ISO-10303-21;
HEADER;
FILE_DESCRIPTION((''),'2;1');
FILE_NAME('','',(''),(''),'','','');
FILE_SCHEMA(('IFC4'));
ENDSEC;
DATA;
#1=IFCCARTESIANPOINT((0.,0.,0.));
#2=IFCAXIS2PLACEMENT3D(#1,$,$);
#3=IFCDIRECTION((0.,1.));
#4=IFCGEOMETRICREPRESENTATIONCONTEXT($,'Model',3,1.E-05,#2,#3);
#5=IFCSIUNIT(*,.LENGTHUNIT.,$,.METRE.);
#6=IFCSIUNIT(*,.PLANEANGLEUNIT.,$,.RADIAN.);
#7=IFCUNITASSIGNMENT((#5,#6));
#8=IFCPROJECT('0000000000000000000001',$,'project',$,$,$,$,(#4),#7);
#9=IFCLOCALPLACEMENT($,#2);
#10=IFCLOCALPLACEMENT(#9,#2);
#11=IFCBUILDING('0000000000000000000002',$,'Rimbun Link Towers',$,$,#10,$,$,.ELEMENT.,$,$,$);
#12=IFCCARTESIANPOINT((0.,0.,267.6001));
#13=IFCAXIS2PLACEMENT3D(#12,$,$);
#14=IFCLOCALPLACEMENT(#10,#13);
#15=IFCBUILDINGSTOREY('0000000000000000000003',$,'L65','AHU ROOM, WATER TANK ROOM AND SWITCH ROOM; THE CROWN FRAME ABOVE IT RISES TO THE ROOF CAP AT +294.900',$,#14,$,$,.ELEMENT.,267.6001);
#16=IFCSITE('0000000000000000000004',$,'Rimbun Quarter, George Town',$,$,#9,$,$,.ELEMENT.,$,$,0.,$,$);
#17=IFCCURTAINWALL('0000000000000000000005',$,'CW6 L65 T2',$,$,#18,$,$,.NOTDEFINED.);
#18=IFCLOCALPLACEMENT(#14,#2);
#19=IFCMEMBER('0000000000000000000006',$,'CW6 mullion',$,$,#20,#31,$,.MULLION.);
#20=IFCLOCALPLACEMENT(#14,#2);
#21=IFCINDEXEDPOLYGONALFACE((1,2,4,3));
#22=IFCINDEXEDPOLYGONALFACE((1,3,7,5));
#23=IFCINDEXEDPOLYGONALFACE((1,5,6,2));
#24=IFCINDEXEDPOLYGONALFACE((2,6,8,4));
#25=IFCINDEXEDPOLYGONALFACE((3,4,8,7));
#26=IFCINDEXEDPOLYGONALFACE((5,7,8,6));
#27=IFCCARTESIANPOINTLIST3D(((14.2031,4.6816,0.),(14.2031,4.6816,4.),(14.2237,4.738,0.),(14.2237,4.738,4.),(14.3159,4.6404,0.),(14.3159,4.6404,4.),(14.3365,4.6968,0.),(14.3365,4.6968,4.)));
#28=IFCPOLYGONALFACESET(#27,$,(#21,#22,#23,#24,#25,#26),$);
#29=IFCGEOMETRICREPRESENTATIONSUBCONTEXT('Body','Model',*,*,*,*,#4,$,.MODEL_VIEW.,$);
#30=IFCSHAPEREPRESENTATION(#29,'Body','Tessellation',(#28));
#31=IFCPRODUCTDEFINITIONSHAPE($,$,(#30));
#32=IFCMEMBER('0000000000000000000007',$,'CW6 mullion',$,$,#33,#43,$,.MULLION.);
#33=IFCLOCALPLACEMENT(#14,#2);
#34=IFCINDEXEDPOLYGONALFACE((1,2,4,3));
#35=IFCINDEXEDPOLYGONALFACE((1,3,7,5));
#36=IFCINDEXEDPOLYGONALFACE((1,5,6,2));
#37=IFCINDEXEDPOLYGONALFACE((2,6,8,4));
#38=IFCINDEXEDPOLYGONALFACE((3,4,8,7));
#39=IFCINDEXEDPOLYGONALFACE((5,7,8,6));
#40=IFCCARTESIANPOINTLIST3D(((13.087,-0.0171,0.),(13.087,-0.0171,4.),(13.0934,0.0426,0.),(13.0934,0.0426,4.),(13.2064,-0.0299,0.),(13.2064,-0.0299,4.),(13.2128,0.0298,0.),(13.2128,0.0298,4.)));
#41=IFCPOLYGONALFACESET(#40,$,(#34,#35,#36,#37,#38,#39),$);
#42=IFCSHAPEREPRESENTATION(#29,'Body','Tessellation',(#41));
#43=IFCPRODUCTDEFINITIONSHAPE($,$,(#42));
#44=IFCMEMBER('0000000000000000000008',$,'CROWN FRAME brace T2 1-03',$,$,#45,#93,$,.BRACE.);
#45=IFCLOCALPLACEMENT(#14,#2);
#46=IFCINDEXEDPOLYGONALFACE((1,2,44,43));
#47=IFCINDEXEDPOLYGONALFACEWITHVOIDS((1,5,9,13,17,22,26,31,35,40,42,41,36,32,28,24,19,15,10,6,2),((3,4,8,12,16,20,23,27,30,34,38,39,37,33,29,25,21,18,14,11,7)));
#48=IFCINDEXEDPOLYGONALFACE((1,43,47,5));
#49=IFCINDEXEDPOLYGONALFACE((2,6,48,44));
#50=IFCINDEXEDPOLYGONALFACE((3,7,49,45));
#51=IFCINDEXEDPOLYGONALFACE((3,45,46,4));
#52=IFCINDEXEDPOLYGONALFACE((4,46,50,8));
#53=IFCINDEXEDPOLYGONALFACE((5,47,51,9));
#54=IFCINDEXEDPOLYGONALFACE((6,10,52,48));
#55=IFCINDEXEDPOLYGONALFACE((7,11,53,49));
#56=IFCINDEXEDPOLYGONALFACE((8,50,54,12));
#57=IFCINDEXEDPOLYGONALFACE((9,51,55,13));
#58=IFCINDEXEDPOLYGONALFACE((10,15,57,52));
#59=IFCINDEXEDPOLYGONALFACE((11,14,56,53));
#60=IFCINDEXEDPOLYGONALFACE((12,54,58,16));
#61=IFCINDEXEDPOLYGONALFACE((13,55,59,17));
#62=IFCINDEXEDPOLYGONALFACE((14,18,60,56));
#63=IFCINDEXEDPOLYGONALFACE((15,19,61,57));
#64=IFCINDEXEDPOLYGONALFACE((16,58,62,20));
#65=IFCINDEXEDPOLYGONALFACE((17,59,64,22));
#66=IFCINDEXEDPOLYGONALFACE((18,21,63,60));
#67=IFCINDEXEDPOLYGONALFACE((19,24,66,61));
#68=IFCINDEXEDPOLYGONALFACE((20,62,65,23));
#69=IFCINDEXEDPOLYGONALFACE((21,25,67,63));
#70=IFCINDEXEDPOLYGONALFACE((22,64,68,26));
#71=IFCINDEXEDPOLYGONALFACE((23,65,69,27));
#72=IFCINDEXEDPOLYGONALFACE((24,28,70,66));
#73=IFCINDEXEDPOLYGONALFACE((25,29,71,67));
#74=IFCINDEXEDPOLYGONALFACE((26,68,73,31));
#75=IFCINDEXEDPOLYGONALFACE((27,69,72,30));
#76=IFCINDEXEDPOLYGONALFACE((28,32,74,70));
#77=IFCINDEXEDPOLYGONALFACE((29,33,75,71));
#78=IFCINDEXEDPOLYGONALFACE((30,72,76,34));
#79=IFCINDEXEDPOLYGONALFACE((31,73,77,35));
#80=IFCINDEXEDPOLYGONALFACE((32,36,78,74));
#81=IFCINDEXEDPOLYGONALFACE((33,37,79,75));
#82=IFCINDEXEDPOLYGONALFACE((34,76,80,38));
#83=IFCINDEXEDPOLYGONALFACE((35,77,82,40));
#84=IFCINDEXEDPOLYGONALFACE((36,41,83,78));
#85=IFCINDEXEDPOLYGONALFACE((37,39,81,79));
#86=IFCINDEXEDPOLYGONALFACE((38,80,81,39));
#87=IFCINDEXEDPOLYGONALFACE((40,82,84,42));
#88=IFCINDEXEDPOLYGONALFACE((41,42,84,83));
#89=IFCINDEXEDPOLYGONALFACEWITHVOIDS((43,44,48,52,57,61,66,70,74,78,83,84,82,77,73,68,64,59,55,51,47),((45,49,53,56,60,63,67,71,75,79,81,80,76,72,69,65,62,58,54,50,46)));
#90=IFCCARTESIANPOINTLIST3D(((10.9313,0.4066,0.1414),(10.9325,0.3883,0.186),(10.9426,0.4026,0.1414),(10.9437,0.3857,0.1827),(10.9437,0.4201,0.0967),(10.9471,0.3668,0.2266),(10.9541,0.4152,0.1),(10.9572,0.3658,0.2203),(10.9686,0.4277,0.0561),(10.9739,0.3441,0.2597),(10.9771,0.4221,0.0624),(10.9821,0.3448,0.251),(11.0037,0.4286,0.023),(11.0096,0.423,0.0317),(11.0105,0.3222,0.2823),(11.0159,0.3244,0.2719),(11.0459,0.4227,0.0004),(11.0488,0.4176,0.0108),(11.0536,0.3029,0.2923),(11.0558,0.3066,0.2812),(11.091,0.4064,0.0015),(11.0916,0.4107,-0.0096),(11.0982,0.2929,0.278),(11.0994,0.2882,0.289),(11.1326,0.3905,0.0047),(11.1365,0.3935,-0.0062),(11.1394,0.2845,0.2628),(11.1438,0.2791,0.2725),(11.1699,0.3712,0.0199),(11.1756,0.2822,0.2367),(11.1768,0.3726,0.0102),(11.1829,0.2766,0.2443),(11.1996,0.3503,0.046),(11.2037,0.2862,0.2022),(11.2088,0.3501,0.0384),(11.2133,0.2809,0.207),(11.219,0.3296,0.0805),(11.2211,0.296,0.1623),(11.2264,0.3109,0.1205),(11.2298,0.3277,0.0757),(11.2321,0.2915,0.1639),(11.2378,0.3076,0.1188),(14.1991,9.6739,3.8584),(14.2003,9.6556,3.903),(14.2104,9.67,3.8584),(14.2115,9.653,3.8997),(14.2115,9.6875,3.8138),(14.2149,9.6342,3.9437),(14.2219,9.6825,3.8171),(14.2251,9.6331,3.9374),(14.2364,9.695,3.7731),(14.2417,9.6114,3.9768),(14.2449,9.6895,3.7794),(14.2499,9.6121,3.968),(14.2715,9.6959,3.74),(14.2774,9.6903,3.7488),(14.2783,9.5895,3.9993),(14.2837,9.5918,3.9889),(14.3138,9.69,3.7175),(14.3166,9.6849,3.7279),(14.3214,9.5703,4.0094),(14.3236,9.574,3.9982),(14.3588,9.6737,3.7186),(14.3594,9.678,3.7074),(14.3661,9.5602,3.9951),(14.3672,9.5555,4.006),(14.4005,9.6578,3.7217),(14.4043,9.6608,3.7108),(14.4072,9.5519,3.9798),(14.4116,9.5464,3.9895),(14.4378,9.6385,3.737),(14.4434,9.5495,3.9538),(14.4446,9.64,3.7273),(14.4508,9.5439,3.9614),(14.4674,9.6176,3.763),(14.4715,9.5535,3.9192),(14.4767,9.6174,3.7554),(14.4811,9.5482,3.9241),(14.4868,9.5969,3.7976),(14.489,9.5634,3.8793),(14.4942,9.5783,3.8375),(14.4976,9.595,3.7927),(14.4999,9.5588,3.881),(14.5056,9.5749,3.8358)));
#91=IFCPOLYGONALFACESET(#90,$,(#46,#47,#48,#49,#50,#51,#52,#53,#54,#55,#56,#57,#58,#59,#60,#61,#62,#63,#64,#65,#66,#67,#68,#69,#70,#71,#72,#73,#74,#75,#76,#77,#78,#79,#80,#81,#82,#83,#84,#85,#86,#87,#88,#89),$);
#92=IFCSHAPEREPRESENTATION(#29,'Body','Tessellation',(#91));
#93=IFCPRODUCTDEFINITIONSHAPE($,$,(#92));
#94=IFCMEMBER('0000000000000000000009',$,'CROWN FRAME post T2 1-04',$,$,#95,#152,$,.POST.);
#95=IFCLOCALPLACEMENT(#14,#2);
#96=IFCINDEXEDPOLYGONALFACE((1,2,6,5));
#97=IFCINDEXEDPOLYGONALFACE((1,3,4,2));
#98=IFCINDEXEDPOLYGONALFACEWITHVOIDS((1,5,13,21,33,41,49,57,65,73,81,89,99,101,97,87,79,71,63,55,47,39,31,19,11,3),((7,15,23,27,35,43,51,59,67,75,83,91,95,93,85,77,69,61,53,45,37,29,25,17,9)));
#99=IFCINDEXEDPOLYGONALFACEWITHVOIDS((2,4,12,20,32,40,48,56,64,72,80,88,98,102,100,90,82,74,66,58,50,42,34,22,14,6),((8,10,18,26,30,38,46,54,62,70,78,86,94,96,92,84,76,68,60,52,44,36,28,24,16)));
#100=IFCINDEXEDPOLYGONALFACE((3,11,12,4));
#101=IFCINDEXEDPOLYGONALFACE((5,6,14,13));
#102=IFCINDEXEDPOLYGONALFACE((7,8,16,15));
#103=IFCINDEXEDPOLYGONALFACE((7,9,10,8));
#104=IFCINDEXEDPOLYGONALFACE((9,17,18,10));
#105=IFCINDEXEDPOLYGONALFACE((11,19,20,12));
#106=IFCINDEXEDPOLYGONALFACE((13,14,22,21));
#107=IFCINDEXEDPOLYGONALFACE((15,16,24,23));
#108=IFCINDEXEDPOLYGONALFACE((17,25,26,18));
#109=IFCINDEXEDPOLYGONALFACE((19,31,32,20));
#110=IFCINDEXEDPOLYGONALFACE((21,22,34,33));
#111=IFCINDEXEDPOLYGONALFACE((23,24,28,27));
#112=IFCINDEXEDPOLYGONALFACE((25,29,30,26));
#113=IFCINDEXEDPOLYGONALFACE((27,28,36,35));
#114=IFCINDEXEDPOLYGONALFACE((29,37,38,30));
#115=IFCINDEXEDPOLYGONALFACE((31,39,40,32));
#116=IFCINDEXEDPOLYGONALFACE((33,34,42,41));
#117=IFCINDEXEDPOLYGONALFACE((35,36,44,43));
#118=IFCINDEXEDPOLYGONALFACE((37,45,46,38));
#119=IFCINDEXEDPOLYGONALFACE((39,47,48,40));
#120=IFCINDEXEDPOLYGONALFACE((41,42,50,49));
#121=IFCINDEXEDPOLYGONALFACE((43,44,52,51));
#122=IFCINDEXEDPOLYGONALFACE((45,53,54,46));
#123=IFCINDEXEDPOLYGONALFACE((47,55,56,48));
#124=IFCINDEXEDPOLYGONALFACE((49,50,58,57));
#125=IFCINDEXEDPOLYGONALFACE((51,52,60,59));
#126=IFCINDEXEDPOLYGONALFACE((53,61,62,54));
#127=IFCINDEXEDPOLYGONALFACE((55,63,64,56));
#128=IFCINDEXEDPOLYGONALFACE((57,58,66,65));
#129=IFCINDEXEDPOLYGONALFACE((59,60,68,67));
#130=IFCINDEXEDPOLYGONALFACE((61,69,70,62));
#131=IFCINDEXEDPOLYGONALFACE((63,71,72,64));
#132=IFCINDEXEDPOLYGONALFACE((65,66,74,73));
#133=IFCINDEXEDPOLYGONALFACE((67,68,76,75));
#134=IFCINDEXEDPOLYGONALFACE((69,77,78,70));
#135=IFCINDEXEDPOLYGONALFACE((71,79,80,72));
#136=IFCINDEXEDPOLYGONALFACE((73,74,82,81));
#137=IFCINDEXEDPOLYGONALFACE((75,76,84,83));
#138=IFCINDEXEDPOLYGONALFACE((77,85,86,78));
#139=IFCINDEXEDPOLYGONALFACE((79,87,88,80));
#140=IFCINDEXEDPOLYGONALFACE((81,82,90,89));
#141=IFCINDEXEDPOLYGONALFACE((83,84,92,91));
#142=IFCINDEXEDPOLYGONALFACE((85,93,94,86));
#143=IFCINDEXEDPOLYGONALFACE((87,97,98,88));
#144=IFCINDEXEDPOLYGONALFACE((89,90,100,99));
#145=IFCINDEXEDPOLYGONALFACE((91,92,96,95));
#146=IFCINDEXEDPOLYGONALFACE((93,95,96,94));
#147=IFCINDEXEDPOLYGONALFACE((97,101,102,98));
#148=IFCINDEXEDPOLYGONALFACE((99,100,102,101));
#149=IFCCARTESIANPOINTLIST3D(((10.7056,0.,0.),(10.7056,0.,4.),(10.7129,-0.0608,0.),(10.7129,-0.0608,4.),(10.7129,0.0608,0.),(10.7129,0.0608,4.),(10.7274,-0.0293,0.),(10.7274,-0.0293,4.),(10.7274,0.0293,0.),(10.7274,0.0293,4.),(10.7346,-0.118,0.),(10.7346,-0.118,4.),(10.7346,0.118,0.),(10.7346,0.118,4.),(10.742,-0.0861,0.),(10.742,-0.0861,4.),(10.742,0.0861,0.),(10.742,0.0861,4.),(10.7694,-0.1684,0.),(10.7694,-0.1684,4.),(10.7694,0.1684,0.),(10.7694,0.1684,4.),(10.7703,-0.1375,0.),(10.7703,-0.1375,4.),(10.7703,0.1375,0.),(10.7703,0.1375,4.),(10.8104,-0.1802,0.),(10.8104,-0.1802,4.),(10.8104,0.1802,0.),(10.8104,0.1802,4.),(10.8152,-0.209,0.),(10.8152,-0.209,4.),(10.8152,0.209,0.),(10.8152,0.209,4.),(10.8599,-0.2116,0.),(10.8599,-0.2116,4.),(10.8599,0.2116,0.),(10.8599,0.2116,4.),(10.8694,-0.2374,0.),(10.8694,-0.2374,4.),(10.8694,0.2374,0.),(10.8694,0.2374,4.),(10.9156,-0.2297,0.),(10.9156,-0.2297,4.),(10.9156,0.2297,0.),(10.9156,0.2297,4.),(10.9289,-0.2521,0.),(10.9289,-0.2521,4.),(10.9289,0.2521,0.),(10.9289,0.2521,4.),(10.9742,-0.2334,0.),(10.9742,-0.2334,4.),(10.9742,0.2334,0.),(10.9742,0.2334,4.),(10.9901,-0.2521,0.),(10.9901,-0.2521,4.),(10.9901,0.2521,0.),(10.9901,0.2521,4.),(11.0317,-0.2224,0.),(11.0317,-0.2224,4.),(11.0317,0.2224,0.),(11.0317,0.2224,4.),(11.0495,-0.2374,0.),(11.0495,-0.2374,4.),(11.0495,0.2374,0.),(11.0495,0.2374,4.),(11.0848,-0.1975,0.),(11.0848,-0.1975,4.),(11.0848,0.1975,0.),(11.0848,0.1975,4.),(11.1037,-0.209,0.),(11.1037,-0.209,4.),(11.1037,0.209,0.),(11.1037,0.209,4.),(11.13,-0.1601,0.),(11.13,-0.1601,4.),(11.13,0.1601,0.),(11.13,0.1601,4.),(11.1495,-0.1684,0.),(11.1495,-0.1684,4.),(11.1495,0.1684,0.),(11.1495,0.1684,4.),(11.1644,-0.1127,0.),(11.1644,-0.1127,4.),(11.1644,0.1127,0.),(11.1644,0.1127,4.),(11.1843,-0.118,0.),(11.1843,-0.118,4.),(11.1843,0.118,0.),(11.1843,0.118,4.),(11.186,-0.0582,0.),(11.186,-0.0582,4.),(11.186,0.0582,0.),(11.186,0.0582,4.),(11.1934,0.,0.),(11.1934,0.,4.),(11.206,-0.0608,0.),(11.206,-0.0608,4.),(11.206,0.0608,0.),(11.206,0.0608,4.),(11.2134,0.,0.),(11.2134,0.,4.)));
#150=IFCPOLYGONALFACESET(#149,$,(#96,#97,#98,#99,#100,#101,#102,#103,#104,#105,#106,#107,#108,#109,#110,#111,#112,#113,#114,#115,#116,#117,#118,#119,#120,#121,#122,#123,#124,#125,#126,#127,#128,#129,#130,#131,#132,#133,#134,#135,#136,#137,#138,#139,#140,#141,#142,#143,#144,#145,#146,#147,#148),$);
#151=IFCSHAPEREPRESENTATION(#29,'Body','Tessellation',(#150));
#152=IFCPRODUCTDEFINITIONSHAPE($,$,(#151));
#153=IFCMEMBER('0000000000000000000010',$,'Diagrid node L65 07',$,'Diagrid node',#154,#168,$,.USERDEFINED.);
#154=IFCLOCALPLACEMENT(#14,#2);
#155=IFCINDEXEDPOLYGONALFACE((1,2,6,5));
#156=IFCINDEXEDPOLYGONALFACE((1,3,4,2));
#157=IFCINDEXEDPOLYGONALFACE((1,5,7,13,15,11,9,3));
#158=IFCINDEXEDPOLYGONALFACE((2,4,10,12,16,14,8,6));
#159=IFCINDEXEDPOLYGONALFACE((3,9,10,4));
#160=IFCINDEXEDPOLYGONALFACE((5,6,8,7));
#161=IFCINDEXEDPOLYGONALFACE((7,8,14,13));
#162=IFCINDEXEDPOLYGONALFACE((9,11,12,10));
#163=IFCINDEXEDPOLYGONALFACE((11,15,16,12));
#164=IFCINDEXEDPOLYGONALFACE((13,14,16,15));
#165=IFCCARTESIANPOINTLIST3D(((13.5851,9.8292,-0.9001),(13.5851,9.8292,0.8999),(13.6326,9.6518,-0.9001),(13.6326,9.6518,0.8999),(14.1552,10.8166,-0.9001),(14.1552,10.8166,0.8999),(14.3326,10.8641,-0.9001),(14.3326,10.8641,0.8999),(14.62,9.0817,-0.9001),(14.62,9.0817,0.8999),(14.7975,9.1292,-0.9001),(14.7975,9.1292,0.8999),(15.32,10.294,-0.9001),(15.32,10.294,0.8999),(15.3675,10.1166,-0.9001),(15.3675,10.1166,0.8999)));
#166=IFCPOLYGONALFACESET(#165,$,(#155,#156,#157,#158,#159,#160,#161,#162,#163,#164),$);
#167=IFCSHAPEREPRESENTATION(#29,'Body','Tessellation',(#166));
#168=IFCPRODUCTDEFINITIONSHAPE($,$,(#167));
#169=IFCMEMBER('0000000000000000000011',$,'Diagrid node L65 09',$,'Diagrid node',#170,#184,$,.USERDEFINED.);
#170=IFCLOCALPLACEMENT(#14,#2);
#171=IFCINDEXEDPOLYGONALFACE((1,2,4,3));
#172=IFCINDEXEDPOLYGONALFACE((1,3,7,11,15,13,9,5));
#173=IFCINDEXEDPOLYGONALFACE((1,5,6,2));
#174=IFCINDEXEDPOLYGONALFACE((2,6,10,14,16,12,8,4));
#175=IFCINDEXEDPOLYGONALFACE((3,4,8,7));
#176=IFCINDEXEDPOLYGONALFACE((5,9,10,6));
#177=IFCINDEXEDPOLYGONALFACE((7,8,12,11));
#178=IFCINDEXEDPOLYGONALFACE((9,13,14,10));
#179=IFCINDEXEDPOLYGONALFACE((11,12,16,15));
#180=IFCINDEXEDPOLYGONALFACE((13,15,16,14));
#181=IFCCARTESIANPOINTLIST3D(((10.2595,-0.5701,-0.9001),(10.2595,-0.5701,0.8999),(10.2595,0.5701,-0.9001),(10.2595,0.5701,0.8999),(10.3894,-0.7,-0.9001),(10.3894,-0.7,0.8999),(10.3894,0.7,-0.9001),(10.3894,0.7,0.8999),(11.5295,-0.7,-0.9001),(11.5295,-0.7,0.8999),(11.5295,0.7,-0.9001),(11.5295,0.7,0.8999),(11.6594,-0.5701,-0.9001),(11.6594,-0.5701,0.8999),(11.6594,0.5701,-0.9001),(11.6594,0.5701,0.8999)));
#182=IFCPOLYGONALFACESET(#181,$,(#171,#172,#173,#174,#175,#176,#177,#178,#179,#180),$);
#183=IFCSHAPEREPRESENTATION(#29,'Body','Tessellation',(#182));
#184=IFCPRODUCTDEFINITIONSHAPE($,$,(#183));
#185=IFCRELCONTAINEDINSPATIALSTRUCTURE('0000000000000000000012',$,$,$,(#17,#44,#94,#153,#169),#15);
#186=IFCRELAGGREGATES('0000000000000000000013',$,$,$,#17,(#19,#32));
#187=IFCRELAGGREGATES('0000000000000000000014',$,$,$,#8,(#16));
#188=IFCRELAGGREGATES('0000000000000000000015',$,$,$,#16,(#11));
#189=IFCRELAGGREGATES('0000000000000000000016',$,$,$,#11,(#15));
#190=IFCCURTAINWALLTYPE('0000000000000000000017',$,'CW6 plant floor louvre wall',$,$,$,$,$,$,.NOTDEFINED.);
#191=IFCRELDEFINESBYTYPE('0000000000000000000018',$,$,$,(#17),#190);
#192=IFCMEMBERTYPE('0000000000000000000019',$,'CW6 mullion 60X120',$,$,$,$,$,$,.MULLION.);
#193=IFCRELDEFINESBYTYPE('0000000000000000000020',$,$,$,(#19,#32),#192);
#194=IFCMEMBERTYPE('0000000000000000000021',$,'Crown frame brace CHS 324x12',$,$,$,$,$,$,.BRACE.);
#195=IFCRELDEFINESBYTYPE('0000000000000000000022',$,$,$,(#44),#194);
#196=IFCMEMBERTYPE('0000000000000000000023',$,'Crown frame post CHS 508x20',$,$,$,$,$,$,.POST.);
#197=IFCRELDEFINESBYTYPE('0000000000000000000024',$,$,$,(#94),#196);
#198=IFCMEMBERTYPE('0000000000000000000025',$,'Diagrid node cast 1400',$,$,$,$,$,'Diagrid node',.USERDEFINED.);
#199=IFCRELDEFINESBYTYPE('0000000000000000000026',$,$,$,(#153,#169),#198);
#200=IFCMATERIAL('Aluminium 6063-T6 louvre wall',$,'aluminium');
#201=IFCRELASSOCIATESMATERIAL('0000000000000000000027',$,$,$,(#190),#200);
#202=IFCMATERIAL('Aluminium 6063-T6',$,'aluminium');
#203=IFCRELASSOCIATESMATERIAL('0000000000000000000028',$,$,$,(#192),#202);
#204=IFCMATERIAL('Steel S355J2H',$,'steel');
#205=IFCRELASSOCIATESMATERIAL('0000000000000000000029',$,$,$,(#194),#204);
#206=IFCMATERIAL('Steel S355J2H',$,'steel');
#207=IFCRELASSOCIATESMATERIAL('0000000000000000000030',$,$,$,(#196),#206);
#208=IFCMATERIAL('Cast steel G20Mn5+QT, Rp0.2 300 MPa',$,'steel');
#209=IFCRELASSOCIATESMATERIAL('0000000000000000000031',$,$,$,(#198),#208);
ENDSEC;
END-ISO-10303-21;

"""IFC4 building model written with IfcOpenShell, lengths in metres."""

from ifc_helpers import new_model, si_unit, direction, frame, origin, origin_2d, place, context, subcontext, project, spatial, polyline, rectangle, hollow_circle, outline, extrude, material, material_profile, profile_set, type_object, element, aggregate, save


model = new_model("IFC4")

# Units and contexts
model_context = context("Model", 3, precision=1e-05, world=origin(), true_north=direction((0.0, 1.0)))
body_context = subcontext(model_context, "Body", "Model", "MODEL_VIEW")
ifc_project = project(units=[si_unit("LENGTHUNIT", "METRE"), si_unit("PLANEANGLEUNIT", "RADIAN")], contexts=[model_context])

# Site, building, storey
site_placement = place(None, origin())
site = spatial("IfcSite", under=ifc_project, at=site_placement, Name="Rimbun Quarter, George Town", CompositionType="ELEMENT", RefElevation=0.0)
building_placement = place(site_placement, origin())
building = spatial("IfcBuilding", under=site, at=building_placement, Name="Rimbun Link Towers", CompositionType="ELEMENT")
storey_placement = place(building_placement, frame((0.0, 0.0, 267.6001)))
storey = spatial("IfcBuildingStorey", under=building, at=storey_placement, Name="L65", Description="AHU ROOM, WATER TANK ROOM AND SWITCH ROOM; THE CROWN FRAME ABOVE IT RISES TO THE ROOF CAP AT +294.900", CompositionType="ELEMENT", Elevation=267.6001)

# Curtain wall, members
ifc_material_1 = material(Name="Aluminium 6063-T6 louvre wall", Category="aluminium")
curtain_wall_type = type_object("IfcCurtainWallType", Name="CW6 plant floor louvre wall", PredefinedType="NOTDEFINED", material=ifc_material_1)
curtain_wall_placement = place(storey_placement, origin())
curtain_wall = element("IfcCurtainWall", 1, at=curtain_wall_placement, inside=storey, type_object=curtain_wall_type, Name="CW6 L65 T2", PredefinedType="NOTDEFINED")
ifc_material_2 = material(Name="Aluminium 6063-T6", Category="aluminium")
ifc_material_profile_1 = material_profile(ifc_material_2, rectangle(XDim=0.1201, YDim=0.0601, at=origin_2d()), Name="MULLION 60X120")
ifc_profile_set_1 = profile_set([ifc_material_profile_1], Name="Aluminium 6063-T6")
member_type_1 = type_object("IfcMemberType", Name="CW6 mullion 60X120", PredefinedType="MULLION", material=ifc_profile_set_1)
member_1_placement = place(storey_placement, frame((14.2698, 4.6892, 0.0), z_axis=(0.0, 0.0, 1.0), x_axis=(-0.939349, 0.342962, 0.0)))
member_1 = element("IfcMember", 2, at=member_1_placement, type_object=member_type_1, Name="CW6 mullion", PredefinedType="MULLION", context=body_context, shape_type="SweptSolid", body=[
    extrude(rectangle(XDim=0.1201, YDim=0.0601, at=origin_2d()), origin(), (0.0, 0.0, 1.0), 4.0),
])
member_2_placement = place(storey_placement, frame((13.1499, 0.0063, 0.0), z_axis=(0.0, 0.0, 1.0), x_axis=(-0.994298, 0.106641, 0.0)))
member_2 = element("IfcMember", 3, at=member_2_placement, type_object=member_type_1, Name="CW6 mullion", PredefinedType="MULLION", context=body_context, shape_type="SweptSolid", body=[
    extrude(rectangle(XDim=0.1201, YDim=0.0601, at=origin_2d()), origin(), (0.0, 0.0, 1.0), 4.0),
])

# Members
ifc_material_3 = material(Name="Steel S355J2H", Category="steel")
ifc_material_profile_2 = material_profile(ifc_material_3, hollow_circle(Radius=0.1619, WallThickness=0.012, at=origin_2d()), Name="Crown frame brace CHS 324x12")
ifc_profile_set_2 = profile_set([ifc_material_profile_2], Name="Steel S355J2H")
member_type_2 = type_object("IfcMemberType", Name="Crown frame brace CHS 324x12", PredefinedType="BRACE", material=ifc_profile_set_2)
member_3_placement = place(storey_placement, frame((11.084, 0.3528, 0.1414), z_axis=(0.31104, 0.882089, 0.353798), x_axis=(-0.943086, 0.332548, 0.0)))
element("IfcMember", 4, at=member_3_placement, inside=storey, type_object=member_type_2, Name="CROWN FRAME brace T2 1-03", PredefinedType="BRACE", context=body_context, shape_type="SweptSolid", body=[
    extrude(hollow_circle(Radius=0.1619, WallThickness=0.012, at=origin_2d()), origin(), (0.0, 0.0, 1.0), 10.5061),
])
ifc_material_4 = material(Name="Steel S355J2H", Category="steel")
ifc_material_profile_3 = material_profile(ifc_material_4, hollow_circle(Radius=0.2539, WallThickness=0.02, at=origin_2d()), Name="Crown frame post CHS 508x20")
ifc_profile_set_3 = profile_set([ifc_material_profile_3], Name="Steel S355J2H")
member_type_3 = type_object("IfcMemberType", Name="Crown frame post CHS 508x20", PredefinedType="POST", material=ifc_profile_set_3)
member_4_placement = place(storey_placement, frame((10.9595, 0.0, 0.0), z_axis=(0.0, 0.0, 1.0), x_axis=(1.0, 0.0, 0.0)))
element("IfcMember", 5, at=member_4_placement, inside=storey, type_object=member_type_3, Name="CROWN FRAME post T2 1-04", PredefinedType="POST", context=body_context, shape_type="SweptSolid", body=[
    extrude(hollow_circle(Radius=0.2539, WallThickness=0.02, at=origin_2d()), origin(), (0.0, 0.0, 1.0), 4.0),
])
ifc_material_5 = material(Name="Cast steel G20Mn5+QT, Rp0.2 300 MPa", Category="steel")
ifc_material_profile_4 = material_profile(ifc_material_5, outline(polyline([(0.7, -0.5701), (0.7, 0.5701), (0.5701, 0.7), (-0.5701, 0.7), (-0.7, 0.5701), (-0.7, -0.5701), (-0.5701, -0.7), (0.5701, -0.7), (0.7, -0.5701)])), Name="NODE 1400x1400")
ifc_profile_set_4 = profile_set([ifc_material_profile_4], Name="Cast steel G20Mn5+QT, Rp0.2 300 MPa")
member_type_4 = type_object("IfcMemberType", Name="Diagrid node cast 1400", ElementType="Diagrid node", PredefinedType="USERDEFINED", material=ifc_profile_set_4)
for number, where, z_axis, x_axis, name in (
    (6, (14.4763, 9.9729, -0.9001), (0.0, 0.0, 1.0), (-0.866025, 0.5, 0.0), "Diagrid node L65 07"),
    (7, (10.9595, 0.0, -0.9001), (0.0, 0.0, 1.0), (-1.0, 0.0, 0.0), "Diagrid node L65 09"),
):
    element("IfcMember", number, at=place(storey_placement, frame(where, z_axis=z_axis, x_axis=x_axis)), inside=storey, type_object=member_type_4, Name=name, ObjectType="Diagrid node", PredefinedType="USERDEFINED", context=body_context, shape_type="SweptSolid", body=[
        extrude(outline(polyline([(0.7, -0.5701), (0.7, 0.5701), (0.5701, 0.7), (-0.5701, 0.7), (-0.7, 0.5701), (-0.7, -0.5701), (-0.5701, -0.7), (0.5701, -0.7), (0.7, -0.5701)])), origin(), (0.0, 0.0, 1.0), 1.8),
    ])

aggregate(curtain_wall, [member_1, member_2])

save(model, "model.ifc")
